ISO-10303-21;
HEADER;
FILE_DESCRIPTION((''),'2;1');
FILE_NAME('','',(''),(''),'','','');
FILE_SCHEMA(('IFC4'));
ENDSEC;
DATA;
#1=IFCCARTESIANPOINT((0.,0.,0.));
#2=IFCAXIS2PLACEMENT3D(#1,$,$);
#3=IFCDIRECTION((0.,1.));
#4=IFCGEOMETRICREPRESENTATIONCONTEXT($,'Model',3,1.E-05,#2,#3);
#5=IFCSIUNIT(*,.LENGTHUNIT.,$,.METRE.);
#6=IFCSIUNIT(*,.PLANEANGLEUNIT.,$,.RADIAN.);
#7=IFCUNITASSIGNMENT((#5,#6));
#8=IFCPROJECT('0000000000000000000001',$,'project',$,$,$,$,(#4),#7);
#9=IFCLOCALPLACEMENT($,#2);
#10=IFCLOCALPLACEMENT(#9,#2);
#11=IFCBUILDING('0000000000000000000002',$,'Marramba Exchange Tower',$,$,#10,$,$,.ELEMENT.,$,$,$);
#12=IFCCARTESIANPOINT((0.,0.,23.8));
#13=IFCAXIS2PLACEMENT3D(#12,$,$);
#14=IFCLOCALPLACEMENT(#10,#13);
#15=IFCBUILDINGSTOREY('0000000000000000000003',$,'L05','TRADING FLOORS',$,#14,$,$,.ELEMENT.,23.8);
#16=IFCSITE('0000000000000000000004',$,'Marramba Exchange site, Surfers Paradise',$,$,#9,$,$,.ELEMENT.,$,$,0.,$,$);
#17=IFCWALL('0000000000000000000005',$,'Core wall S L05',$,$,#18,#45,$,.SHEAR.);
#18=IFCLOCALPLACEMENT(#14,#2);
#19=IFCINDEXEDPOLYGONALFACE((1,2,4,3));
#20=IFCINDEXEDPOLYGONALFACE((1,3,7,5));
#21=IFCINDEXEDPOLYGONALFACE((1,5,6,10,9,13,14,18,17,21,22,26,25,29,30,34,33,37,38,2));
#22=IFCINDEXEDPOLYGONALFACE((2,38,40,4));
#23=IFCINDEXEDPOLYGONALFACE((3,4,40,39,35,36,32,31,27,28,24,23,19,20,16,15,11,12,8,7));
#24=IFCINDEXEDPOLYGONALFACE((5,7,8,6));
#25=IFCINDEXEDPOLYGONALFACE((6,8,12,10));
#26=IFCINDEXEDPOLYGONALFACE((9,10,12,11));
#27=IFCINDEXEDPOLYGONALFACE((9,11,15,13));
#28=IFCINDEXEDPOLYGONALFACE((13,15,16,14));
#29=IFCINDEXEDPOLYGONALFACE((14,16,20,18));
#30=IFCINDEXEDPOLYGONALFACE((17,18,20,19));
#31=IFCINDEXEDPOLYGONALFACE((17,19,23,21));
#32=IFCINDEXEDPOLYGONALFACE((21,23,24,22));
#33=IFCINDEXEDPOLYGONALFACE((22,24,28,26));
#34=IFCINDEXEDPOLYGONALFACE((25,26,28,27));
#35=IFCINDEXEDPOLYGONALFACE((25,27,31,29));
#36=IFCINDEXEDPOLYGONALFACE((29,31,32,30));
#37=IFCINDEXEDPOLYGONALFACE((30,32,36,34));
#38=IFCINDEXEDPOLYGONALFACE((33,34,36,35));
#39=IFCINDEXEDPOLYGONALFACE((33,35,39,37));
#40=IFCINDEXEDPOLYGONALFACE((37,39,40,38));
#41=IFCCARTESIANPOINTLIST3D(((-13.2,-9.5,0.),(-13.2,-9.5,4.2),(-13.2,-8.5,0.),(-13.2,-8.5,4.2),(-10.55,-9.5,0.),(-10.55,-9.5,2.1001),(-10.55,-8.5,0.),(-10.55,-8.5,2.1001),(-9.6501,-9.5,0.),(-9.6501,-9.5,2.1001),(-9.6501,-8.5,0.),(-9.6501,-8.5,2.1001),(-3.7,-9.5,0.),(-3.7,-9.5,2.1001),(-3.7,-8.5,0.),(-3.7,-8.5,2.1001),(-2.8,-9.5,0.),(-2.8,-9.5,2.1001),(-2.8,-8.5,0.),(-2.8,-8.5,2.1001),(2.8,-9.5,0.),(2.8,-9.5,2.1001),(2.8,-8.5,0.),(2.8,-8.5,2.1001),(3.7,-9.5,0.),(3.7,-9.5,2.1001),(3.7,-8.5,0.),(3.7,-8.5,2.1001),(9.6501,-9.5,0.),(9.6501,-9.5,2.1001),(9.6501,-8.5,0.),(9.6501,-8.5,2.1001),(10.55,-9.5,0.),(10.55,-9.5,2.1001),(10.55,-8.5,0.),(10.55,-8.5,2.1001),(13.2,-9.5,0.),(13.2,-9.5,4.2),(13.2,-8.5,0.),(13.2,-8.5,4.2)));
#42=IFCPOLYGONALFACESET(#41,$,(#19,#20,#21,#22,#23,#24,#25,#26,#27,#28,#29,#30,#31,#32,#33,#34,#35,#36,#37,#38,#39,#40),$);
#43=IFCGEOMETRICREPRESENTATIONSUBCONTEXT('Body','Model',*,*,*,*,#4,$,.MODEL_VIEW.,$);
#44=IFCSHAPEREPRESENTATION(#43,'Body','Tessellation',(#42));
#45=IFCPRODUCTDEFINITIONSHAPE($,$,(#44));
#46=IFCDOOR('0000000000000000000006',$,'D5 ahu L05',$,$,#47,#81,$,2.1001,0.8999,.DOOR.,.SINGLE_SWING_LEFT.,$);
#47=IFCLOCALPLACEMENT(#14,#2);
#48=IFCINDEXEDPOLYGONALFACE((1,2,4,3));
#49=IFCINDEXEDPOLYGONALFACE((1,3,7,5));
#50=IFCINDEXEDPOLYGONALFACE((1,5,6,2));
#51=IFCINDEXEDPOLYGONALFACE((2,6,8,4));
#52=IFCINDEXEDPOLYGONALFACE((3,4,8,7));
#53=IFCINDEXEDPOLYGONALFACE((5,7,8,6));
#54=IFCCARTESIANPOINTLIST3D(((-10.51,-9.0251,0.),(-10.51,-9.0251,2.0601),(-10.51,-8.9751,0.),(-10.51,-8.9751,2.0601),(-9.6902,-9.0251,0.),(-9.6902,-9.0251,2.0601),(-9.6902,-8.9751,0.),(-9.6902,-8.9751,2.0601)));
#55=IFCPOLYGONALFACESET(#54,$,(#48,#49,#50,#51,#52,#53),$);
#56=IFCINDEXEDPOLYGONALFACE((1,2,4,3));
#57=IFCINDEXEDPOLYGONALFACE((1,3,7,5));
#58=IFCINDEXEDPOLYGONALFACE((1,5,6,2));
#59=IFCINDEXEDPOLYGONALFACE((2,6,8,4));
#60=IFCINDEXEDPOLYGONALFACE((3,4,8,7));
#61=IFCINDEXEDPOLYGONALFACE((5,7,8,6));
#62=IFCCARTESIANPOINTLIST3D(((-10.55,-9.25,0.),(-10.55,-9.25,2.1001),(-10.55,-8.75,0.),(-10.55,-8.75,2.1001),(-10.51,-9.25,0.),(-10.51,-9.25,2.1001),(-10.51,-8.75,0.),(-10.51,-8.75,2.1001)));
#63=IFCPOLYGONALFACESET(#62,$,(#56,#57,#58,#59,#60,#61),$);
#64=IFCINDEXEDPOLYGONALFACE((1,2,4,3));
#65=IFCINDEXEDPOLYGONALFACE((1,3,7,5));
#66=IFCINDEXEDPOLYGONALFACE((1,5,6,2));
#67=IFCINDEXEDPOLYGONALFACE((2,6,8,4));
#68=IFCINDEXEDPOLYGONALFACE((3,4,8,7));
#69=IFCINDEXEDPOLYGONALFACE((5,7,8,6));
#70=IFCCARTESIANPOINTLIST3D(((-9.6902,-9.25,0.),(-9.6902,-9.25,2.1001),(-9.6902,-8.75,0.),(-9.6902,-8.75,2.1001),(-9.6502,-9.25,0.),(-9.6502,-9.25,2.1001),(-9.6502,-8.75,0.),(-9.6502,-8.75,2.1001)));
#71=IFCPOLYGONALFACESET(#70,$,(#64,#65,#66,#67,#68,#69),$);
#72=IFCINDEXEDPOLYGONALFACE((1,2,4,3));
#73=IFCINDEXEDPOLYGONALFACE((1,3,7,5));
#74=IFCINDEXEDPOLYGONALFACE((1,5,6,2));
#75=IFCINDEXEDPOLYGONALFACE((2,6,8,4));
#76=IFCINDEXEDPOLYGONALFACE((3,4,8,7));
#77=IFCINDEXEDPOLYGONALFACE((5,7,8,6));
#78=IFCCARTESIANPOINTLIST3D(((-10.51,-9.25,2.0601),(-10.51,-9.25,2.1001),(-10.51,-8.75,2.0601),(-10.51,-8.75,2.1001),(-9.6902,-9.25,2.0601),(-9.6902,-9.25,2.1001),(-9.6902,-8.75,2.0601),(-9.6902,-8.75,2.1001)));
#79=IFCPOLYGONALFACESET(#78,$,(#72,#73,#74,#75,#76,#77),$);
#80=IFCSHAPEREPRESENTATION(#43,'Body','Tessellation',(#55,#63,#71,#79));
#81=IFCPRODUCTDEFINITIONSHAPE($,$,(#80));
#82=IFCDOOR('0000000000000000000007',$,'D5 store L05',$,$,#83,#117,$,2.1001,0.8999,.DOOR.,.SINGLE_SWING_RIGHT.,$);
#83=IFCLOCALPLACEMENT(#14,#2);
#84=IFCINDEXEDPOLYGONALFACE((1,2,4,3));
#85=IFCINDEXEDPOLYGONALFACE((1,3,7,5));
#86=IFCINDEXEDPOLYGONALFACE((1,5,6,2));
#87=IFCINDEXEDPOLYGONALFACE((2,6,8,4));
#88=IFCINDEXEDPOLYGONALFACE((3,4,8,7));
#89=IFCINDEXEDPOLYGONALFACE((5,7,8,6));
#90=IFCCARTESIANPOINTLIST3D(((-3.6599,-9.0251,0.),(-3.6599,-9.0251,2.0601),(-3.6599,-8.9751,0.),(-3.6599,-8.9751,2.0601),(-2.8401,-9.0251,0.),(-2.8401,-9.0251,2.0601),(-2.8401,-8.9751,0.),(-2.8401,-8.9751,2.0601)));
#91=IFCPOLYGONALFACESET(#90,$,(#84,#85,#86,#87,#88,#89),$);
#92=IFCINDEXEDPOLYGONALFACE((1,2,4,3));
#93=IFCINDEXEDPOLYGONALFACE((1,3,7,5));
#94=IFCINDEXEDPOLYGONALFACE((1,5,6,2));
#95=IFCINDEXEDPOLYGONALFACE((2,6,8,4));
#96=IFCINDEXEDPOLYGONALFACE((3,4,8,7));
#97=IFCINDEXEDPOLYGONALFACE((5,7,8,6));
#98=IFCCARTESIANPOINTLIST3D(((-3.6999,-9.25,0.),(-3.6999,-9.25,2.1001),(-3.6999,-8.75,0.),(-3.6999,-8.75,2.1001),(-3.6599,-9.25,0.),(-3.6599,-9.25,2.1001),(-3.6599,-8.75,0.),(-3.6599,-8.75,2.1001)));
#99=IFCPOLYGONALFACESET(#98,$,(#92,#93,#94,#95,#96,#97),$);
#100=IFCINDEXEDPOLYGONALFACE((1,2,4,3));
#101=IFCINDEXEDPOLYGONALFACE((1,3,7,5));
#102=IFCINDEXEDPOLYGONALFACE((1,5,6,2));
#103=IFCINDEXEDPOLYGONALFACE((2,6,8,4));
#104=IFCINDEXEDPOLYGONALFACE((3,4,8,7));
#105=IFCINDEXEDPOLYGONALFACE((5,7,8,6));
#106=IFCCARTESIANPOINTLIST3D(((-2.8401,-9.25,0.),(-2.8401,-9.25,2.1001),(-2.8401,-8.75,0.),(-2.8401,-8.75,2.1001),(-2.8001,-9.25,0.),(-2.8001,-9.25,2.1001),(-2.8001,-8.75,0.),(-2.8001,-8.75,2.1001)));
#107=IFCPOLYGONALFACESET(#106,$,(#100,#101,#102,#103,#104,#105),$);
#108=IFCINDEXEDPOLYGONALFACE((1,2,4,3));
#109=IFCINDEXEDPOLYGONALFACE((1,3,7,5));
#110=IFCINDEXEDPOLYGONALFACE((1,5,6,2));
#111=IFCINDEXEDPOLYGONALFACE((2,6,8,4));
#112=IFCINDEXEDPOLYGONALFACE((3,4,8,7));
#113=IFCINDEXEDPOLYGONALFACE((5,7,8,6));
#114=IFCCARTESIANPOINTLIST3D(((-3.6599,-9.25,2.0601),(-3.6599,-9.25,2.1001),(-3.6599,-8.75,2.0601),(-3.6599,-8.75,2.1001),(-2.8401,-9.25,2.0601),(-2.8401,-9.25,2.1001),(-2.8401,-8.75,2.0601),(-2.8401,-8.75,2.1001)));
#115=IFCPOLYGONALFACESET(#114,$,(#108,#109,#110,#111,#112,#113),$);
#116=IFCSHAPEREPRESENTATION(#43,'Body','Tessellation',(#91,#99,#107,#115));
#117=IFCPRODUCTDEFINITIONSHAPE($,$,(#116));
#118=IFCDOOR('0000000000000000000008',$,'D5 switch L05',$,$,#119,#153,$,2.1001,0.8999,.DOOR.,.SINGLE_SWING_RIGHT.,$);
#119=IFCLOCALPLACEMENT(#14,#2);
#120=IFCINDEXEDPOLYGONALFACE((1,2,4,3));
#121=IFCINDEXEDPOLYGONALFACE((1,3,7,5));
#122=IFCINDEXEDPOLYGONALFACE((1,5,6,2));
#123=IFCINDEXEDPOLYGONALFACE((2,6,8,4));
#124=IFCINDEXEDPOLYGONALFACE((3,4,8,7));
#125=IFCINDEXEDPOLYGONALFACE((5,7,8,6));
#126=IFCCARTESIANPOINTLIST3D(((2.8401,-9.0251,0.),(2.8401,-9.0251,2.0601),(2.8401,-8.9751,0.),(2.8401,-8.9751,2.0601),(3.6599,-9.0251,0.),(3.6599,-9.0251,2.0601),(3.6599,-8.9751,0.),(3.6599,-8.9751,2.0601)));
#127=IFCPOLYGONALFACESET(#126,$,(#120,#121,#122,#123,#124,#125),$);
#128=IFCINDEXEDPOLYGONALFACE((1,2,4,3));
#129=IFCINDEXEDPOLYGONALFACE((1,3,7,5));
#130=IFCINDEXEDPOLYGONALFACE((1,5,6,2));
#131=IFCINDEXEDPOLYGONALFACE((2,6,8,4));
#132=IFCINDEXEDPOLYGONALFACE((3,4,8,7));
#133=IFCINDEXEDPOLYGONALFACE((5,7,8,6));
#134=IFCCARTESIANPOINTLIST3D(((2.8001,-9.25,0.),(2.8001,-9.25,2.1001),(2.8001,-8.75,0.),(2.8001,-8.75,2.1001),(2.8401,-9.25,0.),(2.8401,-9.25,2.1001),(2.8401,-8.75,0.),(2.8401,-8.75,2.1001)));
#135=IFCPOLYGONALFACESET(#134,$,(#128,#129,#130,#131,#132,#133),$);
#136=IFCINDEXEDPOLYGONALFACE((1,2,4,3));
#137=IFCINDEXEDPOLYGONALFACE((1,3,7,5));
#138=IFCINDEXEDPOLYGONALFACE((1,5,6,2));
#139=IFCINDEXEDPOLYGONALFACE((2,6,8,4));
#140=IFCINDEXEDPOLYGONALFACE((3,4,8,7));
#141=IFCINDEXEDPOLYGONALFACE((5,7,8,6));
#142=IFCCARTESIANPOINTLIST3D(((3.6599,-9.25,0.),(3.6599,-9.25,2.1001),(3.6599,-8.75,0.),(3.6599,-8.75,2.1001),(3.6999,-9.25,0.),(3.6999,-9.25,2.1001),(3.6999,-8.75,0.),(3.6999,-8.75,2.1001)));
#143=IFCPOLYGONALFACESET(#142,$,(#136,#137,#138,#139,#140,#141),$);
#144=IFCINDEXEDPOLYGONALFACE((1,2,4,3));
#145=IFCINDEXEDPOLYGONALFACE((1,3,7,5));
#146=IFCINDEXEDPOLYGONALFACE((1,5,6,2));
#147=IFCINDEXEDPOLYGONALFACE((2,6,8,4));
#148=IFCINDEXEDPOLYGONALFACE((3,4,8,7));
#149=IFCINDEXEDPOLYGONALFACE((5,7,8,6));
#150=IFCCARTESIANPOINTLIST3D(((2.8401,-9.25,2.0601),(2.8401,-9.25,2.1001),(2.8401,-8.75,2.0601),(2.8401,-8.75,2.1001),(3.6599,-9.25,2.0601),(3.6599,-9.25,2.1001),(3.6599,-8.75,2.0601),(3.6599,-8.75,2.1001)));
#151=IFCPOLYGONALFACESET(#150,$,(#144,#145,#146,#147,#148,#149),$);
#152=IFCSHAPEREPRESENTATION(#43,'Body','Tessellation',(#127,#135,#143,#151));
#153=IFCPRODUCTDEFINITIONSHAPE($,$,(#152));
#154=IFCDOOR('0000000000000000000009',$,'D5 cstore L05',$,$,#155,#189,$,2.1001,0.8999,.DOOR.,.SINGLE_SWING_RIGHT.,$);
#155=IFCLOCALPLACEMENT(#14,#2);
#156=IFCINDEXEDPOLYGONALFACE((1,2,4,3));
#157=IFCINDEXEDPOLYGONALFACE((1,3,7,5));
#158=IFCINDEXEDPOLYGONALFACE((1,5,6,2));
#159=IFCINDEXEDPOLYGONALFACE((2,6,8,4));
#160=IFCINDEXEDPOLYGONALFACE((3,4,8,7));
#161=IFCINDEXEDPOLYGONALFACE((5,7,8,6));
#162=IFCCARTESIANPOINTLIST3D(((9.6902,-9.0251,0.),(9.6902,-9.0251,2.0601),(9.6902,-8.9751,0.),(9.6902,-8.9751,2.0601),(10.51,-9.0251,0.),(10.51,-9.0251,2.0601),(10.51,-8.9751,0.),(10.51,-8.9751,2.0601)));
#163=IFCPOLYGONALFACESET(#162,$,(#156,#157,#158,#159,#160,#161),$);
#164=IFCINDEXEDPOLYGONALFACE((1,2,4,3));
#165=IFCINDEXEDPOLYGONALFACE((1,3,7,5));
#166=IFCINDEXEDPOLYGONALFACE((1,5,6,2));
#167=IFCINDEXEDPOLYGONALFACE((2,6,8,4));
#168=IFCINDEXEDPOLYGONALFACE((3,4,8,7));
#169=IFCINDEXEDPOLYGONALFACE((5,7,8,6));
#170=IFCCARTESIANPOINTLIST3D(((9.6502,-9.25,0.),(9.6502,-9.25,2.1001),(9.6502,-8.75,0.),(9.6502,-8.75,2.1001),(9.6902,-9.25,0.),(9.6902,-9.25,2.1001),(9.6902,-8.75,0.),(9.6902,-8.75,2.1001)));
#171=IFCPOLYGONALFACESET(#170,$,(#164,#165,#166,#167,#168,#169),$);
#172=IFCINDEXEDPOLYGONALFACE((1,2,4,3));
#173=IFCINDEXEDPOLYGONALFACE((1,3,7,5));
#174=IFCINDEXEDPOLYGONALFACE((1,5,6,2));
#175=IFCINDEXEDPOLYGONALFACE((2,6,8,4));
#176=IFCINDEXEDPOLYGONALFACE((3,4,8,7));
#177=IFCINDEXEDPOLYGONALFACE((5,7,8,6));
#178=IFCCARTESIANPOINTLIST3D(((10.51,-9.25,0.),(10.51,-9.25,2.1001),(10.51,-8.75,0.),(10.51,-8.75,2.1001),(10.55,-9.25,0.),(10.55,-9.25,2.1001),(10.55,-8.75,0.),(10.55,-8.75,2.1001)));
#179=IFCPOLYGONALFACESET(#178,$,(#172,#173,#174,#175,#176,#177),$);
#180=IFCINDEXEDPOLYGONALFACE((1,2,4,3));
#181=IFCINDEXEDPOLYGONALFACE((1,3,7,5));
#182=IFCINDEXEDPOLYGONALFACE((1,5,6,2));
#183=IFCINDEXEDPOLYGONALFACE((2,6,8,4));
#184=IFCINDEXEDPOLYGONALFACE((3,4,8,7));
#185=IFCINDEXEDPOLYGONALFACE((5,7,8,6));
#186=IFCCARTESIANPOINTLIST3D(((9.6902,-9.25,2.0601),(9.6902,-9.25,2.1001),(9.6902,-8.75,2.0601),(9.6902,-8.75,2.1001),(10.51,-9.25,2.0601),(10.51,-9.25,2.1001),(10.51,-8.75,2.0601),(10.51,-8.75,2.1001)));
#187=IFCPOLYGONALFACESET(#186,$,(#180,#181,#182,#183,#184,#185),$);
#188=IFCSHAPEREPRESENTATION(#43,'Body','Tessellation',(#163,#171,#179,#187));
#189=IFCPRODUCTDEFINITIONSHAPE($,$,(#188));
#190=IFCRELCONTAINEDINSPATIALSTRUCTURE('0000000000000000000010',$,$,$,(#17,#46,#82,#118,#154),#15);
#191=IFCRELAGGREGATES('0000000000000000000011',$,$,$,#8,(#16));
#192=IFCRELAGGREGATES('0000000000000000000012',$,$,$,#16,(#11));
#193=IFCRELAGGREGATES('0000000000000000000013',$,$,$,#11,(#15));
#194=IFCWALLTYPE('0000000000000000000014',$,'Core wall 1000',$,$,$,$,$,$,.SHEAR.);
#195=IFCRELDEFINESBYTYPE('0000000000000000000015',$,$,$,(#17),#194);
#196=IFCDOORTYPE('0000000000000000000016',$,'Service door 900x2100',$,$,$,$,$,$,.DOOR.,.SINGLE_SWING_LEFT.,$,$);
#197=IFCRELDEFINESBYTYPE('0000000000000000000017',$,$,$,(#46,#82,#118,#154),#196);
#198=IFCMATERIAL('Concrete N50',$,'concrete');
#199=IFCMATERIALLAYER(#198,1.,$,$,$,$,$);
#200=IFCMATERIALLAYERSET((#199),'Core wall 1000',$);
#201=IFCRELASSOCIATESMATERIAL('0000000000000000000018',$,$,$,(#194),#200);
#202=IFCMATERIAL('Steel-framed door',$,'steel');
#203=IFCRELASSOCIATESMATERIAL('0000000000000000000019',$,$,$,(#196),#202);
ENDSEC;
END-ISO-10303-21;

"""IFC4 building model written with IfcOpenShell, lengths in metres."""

from ifc_helpers import new_model, si_unit, direction, frame, frame_2d, origin, place, context, subcontext, project, spatial, rectangle, extrude, material, layer, layer_set, type_object, element, fill, save


model = new_model("IFC4")

# Units and contexts
model_context = context("Model", 3, precision=1e-05, world=origin(), true_north=direction((0.0, 1.0)))
body_context = subcontext(model_context, "Body", "Model", "MODEL_VIEW")
ifc_project = project(units=[si_unit("LENGTHUNIT", "METRE"), si_unit("PLANEANGLEUNIT", "RADIAN")], contexts=[model_context])

# Site, building, storey
site_placement = place(None, origin())
site = spatial("IfcSite", under=ifc_project, at=site_placement, Name="Marramba Exchange site, Surfers Paradise", CompositionType="ELEMENT", RefElevation=0.0)
building_placement = place(site_placement, origin())
building = spatial("IfcBuilding", under=site, at=building_placement, Name="Marramba Exchange Tower", CompositionType="ELEMENT")
storey_placement = place(building_placement, frame((0.0, 0.0, 23.8)))
storey = spatial("IfcBuildingStorey", under=building, at=storey_placement, Name="L05", Description="TRADING FLOORS", CompositionType="ELEMENT", Elevation=23.8)

# Shared definitions
ifc_material_1 = material(Name="Concrete N50", Category="concrete")

# Wall, openings, doors
ifc_layer_1 = layer(ifc_material_1, 1.0)
ifc_layer_set_1 = layer_set([ifc_layer_1], Name="Core wall 1000")
wall_type_1 = type_object("IfcWallType", Name="Core wall 1000", PredefinedType="SHEAR", material=ifc_layer_set_1)
wall_1_placement = place(storey_placement, frame((-13.2, -9.0, 0.0), z_axis=(0.0, 0.0, 1.0), x_axis=(1.0, 0.0, 0.0)))
wall_1 = element("IfcWall", 1, at=wall_1_placement, inside=storey, type_object=wall_type_1, Name="Core wall S L05", PredefinedType="SHEAR", context=body_context, shape_type="SweptSolid", body=[
    extrude(rectangle(XDim=26.3999, YDim=1.0, at=frame_2d((13.2, 0.0))), origin(), (0.0, 0.0, 1.0), 4.2),
])
opening_1_placement = place(wall_1_placement, frame((2.6499, 0.0, 0.0)))
opening_1 = element("IfcOpeningElement", 2, at=opening_1_placement, cuts=wall_1, PredefinedType="OPENING", context=body_context, shape_type="SweptSolid", body=[
    extrude(rectangle(XDim=0.8999, YDim=2.1001, at=frame_2d((0.45, 1.05))), frame((0.0, 0.51, 0.0), z_axis=(0.0, -1.0, 0.0), x_axis=(1.0, 0.0, 0.0)), (0.0, 0.0, 1.0), 1.02),
])
opening_2_placement = place(wall_1_placement, frame((9.5, 0.0, 0.0)))
opening_2 = element("IfcOpeningElement", 3, at=opening_2_placement, cuts=wall_1, PredefinedType="OPENING", context=body_context, shape_type="SweptSolid", body=[
    extrude(rectangle(XDim=0.8999, YDim=2.1001, at=frame_2d((0.45, 1.05))), frame((0.0, 0.51, 0.0), z_axis=(0.0, -1.0, 0.0), x_axis=(1.0, 0.0, 0.0)), (0.0, 0.0, 1.0), 1.02),
])
opening_3_placement = place(wall_1_placement, frame((16.0, 0.0, 0.0)))
opening_3 = element("IfcOpeningElement", 4, at=opening_3_placement, cuts=wall_1, PredefinedType="OPENING", context=body_context, shape_type="SweptSolid", body=[
    extrude(rectangle(XDim=0.8999, YDim=2.1001, at=frame_2d((0.45, 1.05))), frame((0.0, 0.51, 0.0), z_axis=(0.0, -1.0, 0.0), x_axis=(1.0, 0.0, 0.0)), (0.0, 0.0, 1.0), 1.02),
])
opening_4_placement = place(wall_1_placement, frame((22.8501, 0.0, 0.0)))
opening_4 = element("IfcOpeningElement", 5, at=opening_4_placement, cuts=wall_1, PredefinedType="OPENING", context=body_context, shape_type="SweptSolid", body=[
    extrude(rectangle(XDim=0.8999, YDim=2.1001, at=frame_2d((0.45, 1.05))), frame((0.0, 0.51, 0.0), z_axis=(0.0, -1.0, 0.0), x_axis=(1.0, 0.0, 0.0)), (0.0, 0.0, 1.0), 1.02),
])
ifc_material_2 = material(Name="Steel-framed door", Category="steel")
door_type_1 = type_object("IfcDoorType", Name="Service door 900x2100", OperationType="SINGLE_SWING_LEFT", PredefinedType="DOOR", material=ifc_material_2)
door_1_placement = place(opening_1_placement, origin())
door_1 = element("IfcDoor", 6, at=door_1_placement, inside=storey, type_object=door_type_1, Name="D5 ahu L05", OperationType="SINGLE_SWING_LEFT", OverallHeight=2.1001, OverallWidth=0.8999, PredefinedType="DOOR", context=body_context, shape_type="SweptSolid", body=[
    extrude(rectangle(XDim=0.8198, YDim=2.0601, at=frame_2d((0.45, 1.03))), frame((0.0, 0.0249, 0.0), z_axis=(0.0, -1.0, 0.0), x_axis=(1.0, 0.0, 0.0)), (0.0, 0.0, 1.0), 0.05),
    extrude(rectangle(XDim=0.04, YDim=2.1001, at=frame_2d((0.02, 1.05))), frame((0.0, 0.25, 0.0), z_axis=(0.0, -1.0, 0.0), x_axis=(1.0, 0.0, 0.0)), (0.0, 0.0, 1.0), 0.5),
    extrude(rectangle(XDim=0.04, YDim=2.1001, at=frame_2d((0.8799, 1.05))), frame((0.0, 0.25, 0.0), z_axis=(0.0, -1.0, 0.0), x_axis=(1.0, 0.0, 0.0)), (0.0, 0.0, 1.0), 0.5),
    extrude(rectangle(XDim=0.8198, YDim=0.04, at=frame_2d((0.45, 2.0801))), frame((0.0, 0.25, 0.0), z_axis=(0.0, -1.0, 0.0), x_axis=(1.0, 0.0, 0.0)), (0.0, 0.0, 1.0), 0.5),
])
fill(opening_1, door_1)
door_2_placement = place(opening_2_placement, origin())
door_2 = element("IfcDoor", 7, at=door_2_placement, inside=storey, type_object=door_type_1, Name="D5 store L05", OperationType="SINGLE_SWING_RIGHT", OverallHeight=2.1001, OverallWidth=0.8999, PredefinedType="DOOR", context=body_context, shape_type="SweptSolid", body=[
    extrude(rectangle(XDim=0.8198, YDim=2.0601, at=frame_2d((0.45, 1.03))), frame((0.0, 0.0249, 0.0), z_axis=(0.0, -1.0, 0.0), x_axis=(1.0, 0.0, 0.0)), (0.0, 0.0, 1.0), 0.05),
    extrude(rectangle(XDim=0.04, YDim=2.1001, at=frame_2d((0.02, 1.05))), frame((0.0, 0.25, 0.0), z_axis=(0.0, -1.0, 0.0), x_axis=(1.0, 0.0, 0.0)), (0.0, 0.0, 1.0), 0.5),
    extrude(rectangle(XDim=0.04, YDim=2.1001, at=frame_2d((0.8799, 1.05))), frame((0.0, 0.25, 0.0), z_axis=(0.0, -1.0, 0.0), x_axis=(1.0, 0.0, 0.0)), (0.0, 0.0, 1.0), 0.5),
    extrude(rectangle(XDim=0.8198, YDim=0.04, at=frame_2d((0.45, 2.0801))), frame((0.0, 0.25, 0.0), z_axis=(0.0, -1.0, 0.0), x_axis=(1.0, 0.0, 0.0)), (0.0, 0.0, 1.0), 0.5),
])
fill(opening_2, door_2)
door_3_placement = place(opening_3_placement, origin())
door_3 = element("IfcDoor", 8, at=door_3_placement, inside=storey, type_object=door_type_1, Name="D5 switch L05", OperationType="SINGLE_SWING_RIGHT", OverallHeight=2.1001, OverallWidth=0.8999, PredefinedType="DOOR", context=body_context, shape_type="SweptSolid", body=[
    extrude(rectangle(XDim=0.8198, YDim=2.0601, at=frame_2d((0.45, 1.03))), frame((0.0, 0.0249, 0.0), z_axis=(0.0, -1.0, 0.0), x_axis=(1.0, 0.0, 0.0)), (0.0, 0.0, 1.0), 0.05),
    extrude(rectangle(XDim=0.04, YDim=2.1001, at=frame_2d((0.02, 1.05))), frame((0.0, 0.25, 0.0), z_axis=(0.0, -1.0, 0.0), x_axis=(1.0, 0.0, 0.0)), (0.0, 0.0, 1.0), 0.5),
    extrude(rectangle(XDim=0.04, YDim=2.1001, at=frame_2d((0.8799, 1.05))), frame((0.0, 0.25, 0.0), z_axis=(0.0, -1.0, 0.0), x_axis=(1.0, 0.0, 0.0)), (0.0, 0.0, 1.0), 0.5),
    extrude(rectangle(XDim=0.8198, YDim=0.04, at=frame_2d((0.45, 2.0801))), frame((0.0, 0.25, 0.0), z_axis=(0.0, -1.0, 0.0), x_axis=(1.0, 0.0, 0.0)), (0.0, 0.0, 1.0), 0.5),
])
fill(opening_3, door_3)
door_4_placement = place(opening_4_placement, origin())
door_4 = element("IfcDoor", 9, at=door_4_placement, inside=storey, type_object=door_type_1, Name="D5 cstore L05", OperationType="SINGLE_SWING_RIGHT", OverallHeight=2.1001, OverallWidth=0.8999, PredefinedType="DOOR", context=body_context, shape_type="SweptSolid", body=[
    extrude(rectangle(XDim=0.8198, YDim=2.0601, at=frame_2d((0.45, 1.03))), frame((0.0, 0.0249, 0.0), z_axis=(0.0, -1.0, 0.0), x_axis=(1.0, 0.0, 0.0)), (0.0, 0.0, 1.0), 0.05),
    extrude(rectangle(XDim=0.04, YDim=2.1001, at=frame_2d((0.02, 1.05))), frame((0.0, 0.25, 0.0), z_axis=(0.0, -1.0, 0.0), x_axis=(1.0, 0.0, 0.0)), (0.0, 0.0, 1.0), 0.5),
    extrude(rectangle(XDim=0.04, YDim=2.1001, at=frame_2d((0.8799, 1.05))), frame((0.0, 0.25, 0.0), z_axis=(0.0, -1.0, 0.0), x_axis=(1.0, 0.0, 0.0)), (0.0, 0.0, 1.0), 0.5),
    extrude(rectangle(XDim=0.8198, YDim=0.04, at=frame_2d((0.45, 2.0801))), frame((0.0, 0.25, 0.0), z_axis=(0.0, -1.0, 0.0), x_axis=(1.0, 0.0, 0.0)), (0.0, 0.0, 1.0), 0.5),
])
fill(opening_4, door_4)

save(model, "model.ifc")
